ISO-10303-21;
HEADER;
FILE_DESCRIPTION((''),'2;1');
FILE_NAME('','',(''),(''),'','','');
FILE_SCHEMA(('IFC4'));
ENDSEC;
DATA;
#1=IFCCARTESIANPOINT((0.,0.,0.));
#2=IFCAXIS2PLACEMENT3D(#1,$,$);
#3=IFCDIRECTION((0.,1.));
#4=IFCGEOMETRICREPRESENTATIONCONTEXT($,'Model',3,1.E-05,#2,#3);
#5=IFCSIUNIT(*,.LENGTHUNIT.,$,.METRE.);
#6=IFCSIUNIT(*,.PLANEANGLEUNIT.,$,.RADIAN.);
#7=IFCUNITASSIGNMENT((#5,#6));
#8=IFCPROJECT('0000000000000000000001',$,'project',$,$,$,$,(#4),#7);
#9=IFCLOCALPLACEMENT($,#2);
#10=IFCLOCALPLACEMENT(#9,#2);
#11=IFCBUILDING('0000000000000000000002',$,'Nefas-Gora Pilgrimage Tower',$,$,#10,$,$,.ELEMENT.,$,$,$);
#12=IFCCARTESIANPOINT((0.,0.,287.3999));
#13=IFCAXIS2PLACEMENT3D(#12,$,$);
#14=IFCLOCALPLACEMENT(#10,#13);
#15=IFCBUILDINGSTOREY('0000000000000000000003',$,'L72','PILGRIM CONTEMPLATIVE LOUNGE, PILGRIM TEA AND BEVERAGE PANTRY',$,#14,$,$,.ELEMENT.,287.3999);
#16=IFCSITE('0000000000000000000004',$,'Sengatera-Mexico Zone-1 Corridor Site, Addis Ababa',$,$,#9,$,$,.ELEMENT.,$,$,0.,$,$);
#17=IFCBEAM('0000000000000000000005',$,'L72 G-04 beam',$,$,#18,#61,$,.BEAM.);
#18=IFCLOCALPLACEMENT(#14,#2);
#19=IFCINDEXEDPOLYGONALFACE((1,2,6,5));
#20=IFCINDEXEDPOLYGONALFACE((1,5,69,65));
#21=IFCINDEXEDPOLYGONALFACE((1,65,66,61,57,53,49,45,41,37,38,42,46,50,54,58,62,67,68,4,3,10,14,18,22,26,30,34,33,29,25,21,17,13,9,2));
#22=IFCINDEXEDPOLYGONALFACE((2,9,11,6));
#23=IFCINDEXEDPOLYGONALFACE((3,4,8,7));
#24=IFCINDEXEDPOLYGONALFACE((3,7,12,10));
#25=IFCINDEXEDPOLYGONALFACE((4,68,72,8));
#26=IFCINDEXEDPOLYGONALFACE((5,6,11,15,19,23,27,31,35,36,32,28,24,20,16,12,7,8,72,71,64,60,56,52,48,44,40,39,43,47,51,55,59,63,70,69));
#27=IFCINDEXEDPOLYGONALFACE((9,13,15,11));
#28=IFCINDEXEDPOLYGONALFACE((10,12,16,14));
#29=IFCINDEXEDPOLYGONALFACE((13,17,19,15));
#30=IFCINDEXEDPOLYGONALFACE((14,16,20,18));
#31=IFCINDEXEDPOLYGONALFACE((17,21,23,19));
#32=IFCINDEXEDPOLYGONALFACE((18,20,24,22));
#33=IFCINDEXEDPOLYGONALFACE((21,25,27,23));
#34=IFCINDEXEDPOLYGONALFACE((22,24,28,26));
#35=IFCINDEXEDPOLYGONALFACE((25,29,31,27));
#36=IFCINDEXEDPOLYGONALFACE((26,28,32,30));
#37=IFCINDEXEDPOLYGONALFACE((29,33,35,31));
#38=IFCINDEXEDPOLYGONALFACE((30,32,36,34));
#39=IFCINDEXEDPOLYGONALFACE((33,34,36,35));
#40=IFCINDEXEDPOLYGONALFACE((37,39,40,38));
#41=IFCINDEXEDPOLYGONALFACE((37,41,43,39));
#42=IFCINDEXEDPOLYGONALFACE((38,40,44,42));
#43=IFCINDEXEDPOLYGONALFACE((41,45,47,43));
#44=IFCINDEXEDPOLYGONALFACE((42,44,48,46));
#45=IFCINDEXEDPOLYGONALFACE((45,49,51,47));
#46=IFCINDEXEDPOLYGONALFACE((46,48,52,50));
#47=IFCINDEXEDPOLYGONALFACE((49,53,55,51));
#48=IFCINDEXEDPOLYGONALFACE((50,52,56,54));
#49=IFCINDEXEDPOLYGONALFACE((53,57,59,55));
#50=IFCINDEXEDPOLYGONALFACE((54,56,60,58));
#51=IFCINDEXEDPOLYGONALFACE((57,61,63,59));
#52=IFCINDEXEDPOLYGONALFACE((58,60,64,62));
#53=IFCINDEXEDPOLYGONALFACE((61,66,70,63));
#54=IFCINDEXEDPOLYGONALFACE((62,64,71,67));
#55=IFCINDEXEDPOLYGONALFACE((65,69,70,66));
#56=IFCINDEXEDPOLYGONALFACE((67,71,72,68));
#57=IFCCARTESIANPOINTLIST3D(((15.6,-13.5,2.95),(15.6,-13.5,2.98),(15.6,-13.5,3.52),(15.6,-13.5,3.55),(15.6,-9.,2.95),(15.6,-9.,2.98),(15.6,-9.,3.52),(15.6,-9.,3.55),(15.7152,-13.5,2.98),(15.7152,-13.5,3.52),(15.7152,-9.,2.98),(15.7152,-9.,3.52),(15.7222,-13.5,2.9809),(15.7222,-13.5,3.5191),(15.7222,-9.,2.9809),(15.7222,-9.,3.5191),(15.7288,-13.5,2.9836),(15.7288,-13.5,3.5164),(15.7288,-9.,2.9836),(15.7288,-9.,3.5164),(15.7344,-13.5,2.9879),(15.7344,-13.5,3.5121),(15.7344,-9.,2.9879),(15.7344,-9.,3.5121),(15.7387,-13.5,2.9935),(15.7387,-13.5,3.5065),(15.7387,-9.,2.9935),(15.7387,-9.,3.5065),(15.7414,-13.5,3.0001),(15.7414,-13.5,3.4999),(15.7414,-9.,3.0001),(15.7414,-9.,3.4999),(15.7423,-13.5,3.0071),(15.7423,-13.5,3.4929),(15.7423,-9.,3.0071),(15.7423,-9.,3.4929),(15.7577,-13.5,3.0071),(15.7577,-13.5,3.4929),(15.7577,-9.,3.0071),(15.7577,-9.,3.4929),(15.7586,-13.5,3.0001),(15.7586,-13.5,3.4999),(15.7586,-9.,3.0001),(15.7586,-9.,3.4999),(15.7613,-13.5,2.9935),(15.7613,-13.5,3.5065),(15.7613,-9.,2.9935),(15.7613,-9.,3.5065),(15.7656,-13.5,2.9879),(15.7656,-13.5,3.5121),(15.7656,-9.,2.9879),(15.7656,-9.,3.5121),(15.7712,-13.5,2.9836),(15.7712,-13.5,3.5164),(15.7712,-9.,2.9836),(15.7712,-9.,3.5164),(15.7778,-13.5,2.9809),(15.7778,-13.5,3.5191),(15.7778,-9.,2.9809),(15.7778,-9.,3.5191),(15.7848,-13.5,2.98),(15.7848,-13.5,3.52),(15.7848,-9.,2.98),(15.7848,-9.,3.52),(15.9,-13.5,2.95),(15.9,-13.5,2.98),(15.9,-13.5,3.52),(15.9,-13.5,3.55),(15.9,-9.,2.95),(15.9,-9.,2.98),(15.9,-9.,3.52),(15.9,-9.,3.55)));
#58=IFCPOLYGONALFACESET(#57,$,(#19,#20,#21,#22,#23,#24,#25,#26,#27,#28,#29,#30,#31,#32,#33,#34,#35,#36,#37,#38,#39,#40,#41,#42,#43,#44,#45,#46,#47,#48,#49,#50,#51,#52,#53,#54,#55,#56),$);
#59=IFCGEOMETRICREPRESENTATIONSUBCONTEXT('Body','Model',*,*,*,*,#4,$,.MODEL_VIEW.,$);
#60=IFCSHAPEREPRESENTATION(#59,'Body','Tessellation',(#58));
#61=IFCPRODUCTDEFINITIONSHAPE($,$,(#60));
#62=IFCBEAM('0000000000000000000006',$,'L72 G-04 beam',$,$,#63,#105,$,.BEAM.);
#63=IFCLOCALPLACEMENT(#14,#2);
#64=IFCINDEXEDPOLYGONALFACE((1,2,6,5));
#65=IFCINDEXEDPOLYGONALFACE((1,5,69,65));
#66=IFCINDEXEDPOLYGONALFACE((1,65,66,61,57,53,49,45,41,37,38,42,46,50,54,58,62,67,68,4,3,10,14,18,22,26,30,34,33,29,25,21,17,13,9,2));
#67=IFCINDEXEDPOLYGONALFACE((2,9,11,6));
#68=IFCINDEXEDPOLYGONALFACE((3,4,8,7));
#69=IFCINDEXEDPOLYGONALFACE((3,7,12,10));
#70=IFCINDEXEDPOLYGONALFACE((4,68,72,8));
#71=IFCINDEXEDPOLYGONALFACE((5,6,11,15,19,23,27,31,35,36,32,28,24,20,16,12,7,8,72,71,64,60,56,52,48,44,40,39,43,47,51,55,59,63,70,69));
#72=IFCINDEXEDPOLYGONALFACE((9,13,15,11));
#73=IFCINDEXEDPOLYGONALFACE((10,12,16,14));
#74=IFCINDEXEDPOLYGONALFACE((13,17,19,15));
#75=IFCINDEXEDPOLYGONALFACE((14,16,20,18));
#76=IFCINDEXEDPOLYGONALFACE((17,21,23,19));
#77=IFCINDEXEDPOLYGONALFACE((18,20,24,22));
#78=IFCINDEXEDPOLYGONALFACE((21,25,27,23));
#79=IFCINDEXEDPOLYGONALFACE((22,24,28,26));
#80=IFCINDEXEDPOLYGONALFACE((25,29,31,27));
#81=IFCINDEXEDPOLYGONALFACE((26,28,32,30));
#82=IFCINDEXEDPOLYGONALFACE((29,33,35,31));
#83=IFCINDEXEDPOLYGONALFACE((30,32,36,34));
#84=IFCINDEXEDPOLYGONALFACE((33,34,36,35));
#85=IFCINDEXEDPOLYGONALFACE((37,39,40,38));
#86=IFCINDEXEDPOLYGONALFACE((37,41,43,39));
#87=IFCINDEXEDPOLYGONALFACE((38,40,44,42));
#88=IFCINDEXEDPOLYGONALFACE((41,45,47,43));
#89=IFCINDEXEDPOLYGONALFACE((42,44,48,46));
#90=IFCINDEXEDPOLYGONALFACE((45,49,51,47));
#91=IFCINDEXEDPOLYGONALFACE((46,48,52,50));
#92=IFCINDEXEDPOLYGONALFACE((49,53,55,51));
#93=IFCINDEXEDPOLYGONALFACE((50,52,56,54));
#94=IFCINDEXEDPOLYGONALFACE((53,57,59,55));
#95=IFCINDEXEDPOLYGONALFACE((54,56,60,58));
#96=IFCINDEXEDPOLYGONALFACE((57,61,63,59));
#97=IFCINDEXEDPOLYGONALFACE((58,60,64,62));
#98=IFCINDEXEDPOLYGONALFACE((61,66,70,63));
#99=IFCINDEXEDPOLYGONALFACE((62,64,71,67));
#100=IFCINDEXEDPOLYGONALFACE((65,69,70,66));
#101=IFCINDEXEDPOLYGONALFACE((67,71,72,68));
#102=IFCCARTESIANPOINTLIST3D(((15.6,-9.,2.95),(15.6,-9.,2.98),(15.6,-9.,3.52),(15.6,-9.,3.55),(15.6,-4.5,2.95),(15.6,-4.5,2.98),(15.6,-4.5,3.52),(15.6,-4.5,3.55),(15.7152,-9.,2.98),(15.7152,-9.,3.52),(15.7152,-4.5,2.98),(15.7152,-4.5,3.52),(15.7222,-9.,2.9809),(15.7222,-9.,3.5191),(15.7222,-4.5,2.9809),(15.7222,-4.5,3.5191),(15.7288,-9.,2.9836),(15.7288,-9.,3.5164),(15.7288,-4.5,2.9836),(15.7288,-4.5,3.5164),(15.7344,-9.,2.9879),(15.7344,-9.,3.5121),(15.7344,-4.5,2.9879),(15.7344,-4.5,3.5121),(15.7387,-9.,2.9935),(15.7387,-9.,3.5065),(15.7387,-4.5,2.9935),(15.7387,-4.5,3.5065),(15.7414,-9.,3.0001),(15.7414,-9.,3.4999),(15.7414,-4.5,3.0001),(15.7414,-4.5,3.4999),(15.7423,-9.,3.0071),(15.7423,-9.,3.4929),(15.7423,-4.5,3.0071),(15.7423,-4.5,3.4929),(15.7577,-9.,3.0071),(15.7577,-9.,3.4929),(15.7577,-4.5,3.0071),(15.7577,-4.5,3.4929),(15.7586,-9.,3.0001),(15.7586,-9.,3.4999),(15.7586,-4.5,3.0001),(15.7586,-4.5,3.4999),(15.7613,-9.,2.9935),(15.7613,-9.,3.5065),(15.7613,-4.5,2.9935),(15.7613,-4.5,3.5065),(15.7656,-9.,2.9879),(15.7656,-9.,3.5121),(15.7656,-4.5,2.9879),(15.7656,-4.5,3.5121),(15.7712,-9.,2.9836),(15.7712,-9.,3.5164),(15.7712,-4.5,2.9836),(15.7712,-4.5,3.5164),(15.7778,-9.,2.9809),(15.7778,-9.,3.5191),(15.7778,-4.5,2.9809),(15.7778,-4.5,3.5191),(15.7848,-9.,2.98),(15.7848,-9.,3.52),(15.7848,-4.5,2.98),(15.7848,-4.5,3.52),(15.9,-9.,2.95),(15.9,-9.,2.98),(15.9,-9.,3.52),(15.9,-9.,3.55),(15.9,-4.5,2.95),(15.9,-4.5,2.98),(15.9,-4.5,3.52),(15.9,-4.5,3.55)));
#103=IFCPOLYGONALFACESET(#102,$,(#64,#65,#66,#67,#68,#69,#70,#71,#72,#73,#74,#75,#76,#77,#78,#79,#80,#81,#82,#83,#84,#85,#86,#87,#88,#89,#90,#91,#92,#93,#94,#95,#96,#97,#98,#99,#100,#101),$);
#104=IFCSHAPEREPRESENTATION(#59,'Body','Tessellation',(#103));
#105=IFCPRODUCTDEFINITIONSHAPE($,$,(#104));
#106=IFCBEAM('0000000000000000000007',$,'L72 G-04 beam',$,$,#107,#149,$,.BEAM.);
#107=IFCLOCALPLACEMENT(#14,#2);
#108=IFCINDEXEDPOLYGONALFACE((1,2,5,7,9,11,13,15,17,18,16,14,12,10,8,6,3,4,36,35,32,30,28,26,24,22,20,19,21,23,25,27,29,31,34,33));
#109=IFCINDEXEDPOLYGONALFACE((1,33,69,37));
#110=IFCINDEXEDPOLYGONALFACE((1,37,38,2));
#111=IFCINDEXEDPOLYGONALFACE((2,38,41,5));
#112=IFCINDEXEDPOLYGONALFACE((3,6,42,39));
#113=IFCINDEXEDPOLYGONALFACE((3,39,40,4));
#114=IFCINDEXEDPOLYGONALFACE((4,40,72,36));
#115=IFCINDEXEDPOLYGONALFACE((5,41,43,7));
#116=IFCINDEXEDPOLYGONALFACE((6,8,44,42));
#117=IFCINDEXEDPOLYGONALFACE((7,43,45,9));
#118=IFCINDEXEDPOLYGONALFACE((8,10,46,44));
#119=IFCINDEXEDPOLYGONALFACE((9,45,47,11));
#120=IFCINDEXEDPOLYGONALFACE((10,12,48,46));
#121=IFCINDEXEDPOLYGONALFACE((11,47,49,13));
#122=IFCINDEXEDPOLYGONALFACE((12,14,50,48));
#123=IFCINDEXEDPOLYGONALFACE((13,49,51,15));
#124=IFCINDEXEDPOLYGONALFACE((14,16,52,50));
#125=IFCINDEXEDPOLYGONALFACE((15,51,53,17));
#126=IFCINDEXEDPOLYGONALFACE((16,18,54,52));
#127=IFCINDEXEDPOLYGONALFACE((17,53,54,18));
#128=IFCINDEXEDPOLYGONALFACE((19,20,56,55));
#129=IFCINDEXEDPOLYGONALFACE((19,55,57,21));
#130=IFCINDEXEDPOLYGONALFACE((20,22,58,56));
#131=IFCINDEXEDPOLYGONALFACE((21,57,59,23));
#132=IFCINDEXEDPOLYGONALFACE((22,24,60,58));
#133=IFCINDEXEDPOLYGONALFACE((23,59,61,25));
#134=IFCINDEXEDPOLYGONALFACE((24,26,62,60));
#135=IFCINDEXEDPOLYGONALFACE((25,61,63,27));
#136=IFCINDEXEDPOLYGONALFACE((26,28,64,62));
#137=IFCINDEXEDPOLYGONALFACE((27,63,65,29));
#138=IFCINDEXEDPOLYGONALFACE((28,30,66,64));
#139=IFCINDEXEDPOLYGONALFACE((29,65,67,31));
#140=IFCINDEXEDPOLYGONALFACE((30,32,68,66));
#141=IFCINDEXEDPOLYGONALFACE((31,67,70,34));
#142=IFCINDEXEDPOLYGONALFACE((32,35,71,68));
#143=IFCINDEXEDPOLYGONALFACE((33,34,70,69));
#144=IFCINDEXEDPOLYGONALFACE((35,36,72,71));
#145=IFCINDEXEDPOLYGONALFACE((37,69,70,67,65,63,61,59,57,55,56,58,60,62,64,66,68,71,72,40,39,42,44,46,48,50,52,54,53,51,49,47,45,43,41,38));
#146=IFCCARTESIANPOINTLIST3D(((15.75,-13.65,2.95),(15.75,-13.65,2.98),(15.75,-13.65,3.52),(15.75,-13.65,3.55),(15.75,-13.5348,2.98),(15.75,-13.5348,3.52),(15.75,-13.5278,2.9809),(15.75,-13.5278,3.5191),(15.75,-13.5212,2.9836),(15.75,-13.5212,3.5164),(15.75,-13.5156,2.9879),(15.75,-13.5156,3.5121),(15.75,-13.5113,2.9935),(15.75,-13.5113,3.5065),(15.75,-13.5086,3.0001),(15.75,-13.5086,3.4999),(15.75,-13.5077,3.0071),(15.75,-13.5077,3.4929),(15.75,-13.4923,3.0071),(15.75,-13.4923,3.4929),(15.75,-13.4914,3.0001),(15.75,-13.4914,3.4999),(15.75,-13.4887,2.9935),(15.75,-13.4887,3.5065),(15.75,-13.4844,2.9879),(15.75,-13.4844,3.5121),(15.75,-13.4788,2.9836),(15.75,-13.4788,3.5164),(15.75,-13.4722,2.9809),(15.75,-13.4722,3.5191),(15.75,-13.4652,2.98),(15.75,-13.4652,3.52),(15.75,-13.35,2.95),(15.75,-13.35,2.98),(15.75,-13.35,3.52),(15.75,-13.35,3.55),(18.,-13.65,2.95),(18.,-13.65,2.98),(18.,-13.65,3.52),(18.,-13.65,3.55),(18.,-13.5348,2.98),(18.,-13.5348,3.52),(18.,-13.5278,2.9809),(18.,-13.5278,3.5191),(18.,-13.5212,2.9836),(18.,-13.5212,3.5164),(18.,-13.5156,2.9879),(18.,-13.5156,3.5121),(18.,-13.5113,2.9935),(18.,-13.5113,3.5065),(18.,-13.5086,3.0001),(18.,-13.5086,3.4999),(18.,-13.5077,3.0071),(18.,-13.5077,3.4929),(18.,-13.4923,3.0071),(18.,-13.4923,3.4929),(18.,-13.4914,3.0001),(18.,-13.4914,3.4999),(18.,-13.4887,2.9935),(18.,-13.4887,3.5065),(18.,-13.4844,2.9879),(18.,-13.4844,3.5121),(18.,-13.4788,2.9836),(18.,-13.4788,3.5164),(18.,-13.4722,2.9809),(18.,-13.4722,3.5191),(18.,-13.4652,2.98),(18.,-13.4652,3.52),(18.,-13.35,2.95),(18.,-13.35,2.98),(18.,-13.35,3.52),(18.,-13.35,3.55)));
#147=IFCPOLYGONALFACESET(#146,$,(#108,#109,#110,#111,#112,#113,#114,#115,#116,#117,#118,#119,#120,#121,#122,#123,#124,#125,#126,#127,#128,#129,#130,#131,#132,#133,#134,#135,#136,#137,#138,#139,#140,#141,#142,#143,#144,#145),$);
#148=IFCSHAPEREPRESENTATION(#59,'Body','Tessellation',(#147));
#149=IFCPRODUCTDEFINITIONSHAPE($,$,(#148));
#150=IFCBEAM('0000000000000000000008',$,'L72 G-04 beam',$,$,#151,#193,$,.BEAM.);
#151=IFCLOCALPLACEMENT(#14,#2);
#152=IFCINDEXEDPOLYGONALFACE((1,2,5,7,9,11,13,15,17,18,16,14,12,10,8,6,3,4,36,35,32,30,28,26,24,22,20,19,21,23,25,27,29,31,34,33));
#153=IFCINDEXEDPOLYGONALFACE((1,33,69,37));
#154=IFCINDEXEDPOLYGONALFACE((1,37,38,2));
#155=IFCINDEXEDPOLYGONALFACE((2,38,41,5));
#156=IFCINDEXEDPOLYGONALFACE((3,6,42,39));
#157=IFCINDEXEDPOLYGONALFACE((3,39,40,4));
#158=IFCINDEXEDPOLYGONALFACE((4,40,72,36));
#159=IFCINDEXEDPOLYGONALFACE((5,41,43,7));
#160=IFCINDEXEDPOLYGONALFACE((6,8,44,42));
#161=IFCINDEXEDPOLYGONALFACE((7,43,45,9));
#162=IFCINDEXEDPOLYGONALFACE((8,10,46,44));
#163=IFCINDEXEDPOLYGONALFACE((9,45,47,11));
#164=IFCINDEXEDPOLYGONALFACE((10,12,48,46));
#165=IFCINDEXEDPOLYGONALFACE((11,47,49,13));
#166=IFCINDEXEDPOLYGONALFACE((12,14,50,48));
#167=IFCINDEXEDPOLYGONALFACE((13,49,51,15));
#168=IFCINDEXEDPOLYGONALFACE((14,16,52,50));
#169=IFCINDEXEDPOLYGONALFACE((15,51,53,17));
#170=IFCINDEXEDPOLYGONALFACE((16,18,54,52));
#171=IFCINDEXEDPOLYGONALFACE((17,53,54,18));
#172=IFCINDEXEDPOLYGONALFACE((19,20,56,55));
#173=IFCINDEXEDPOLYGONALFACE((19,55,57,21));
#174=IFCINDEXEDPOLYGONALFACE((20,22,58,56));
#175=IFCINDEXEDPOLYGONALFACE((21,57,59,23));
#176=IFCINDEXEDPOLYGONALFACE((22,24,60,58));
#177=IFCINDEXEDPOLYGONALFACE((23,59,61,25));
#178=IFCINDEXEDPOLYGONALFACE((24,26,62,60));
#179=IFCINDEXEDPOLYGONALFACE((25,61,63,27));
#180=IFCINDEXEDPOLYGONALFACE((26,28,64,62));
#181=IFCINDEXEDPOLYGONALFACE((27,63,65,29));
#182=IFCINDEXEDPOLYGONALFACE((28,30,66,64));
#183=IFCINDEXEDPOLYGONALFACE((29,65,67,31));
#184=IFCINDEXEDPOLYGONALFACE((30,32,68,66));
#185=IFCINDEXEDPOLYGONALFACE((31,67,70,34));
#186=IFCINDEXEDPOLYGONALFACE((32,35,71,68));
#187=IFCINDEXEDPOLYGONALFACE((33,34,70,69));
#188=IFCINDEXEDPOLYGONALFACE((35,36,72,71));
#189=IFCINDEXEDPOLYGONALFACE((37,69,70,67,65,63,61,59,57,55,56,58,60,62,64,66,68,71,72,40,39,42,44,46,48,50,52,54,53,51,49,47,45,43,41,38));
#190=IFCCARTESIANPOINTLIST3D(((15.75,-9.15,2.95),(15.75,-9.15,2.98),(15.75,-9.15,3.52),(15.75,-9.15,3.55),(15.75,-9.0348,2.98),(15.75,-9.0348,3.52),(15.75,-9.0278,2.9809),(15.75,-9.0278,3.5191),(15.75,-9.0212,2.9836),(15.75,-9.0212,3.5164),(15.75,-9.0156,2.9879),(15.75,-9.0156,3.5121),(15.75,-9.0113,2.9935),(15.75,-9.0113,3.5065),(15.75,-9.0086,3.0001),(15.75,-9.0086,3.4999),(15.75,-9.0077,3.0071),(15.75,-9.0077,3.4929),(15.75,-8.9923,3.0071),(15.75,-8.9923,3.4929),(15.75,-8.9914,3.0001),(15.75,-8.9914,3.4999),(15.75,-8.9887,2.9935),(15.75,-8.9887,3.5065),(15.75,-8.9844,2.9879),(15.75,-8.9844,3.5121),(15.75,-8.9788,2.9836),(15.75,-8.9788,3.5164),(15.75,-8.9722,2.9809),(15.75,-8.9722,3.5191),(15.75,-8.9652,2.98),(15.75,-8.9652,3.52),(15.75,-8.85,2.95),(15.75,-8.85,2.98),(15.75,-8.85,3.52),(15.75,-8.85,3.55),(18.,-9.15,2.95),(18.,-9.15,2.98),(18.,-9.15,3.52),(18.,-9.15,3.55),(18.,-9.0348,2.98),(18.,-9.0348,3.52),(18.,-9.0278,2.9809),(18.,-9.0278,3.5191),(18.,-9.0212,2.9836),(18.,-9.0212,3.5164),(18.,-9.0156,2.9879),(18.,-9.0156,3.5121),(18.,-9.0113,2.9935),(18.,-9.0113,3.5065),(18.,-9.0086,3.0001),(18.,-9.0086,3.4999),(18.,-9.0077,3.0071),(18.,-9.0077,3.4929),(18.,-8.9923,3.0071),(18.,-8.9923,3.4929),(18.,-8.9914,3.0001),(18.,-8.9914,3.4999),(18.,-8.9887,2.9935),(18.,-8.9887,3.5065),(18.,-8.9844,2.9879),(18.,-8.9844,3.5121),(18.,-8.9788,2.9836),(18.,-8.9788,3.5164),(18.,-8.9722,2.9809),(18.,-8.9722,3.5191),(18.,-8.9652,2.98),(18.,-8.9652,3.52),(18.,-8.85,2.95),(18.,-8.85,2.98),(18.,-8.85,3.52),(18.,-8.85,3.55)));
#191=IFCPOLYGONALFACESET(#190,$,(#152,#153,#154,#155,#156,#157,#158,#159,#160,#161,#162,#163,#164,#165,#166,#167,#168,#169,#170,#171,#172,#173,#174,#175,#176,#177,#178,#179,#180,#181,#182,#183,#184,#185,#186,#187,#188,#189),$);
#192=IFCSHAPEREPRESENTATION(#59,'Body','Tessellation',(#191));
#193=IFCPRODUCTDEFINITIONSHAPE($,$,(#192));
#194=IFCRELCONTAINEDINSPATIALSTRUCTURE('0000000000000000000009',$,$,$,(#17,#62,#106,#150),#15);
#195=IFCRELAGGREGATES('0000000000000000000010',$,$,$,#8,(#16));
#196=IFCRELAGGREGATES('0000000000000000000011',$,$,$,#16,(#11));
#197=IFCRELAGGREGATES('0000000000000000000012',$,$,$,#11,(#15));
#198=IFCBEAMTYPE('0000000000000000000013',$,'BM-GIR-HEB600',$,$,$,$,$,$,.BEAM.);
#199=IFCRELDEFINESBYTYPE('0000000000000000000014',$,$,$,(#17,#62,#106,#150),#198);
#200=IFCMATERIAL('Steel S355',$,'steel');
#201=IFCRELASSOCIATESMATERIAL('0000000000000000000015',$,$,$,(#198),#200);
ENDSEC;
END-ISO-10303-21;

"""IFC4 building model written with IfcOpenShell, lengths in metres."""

from ifc_helpers import new_model, si_unit, direction, frame, origin, origin_2d, place, context, subcontext, project, spatial, i_section, extrude, source, transform, mapped, material, material_profile, profile_set, type_object, element, save


model = new_model("IFC4")

# Units and contexts
model_context = context("Model", 3, precision=1e-05, world=origin(), true_north=direction((0.0, 1.0)))
body_context = subcontext(model_context, "Body", "Model", "MODEL_VIEW")
ifc_project = project(units=[si_unit("LENGTHUNIT", "METRE"), si_unit("PLANEANGLEUNIT", "RADIAN")], contexts=[model_context])

# Site, building, storey
site_placement = place(None, origin())
site = spatial("IfcSite", under=ifc_project, at=site_placement, Name="Sengatera-Mexico Zone-1 Corridor Site, Addis Ababa", CompositionType="ELEMENT", RefElevation=0.0)
building_placement = place(site_placement, origin())
building = spatial("IfcBuilding", under=site, at=building_placement, Name="Nefas-Gora Pilgrimage Tower", CompositionType="ELEMENT")
storey_placement = place(building_placement, frame((0.0, 0.0, 287.3999)))
storey = spatial("IfcBuildingStorey", under=building, at=storey_placement, Name="L72", Description="PILGRIM CONTEMPLATIVE LOUNGE, PILGRIM TEA AND BEVERAGE PANTRY", CompositionType="ELEMENT", Elevation=287.3999)

# Shared definitions
ifc_material_1 = material(Name="Steel S355", Category="steel")

# Beams
ifc_material_profile_1 = material_profile(ifc_material_1, i_section(OverallWidth=0.3, OverallDepth=0.6001, WebThickness=0.0154, FlangeThickness=0.03, FilletRadius=0.0271, at=origin_2d()), Name="HEB 600")
ifc_profile_set_1 = profile_set([ifc_material_profile_1], Name="Steel S355")
beam_type_1 = type_object("IfcBeamType", Name="BM-GIR-HEB600", PredefinedType="BEAM", material=ifc_profile_set_1)
shared_shape_1 = source(origin(), body_context, "Body", "SweptSolid", [
    extrude(i_section(OverallWidth=0.3, OverallDepth=0.6001, WebThickness=0.0154, FlangeThickness=0.03, FilletRadius=0.0271, at=origin_2d()), origin(), (0.0, 0.0, 1.0), 4.5),
])
for number, where, z_axis, x_axis, name in (
    (1, (15.75, -13.5, 3.25), (0.0, 1.0, 0.0), (-1.0, 0.0, 0.0), "L72 G-04 beam"),
    (2, (15.75, -9.0, 3.25), (0.0, 1.0, 0.0), (-1.0, 0.0, 0.0), "L72 G-04 beam"),
):
    element("IfcBeam", number, at=place(storey_placement, frame(where, z_axis=z_axis, x_axis=x_axis)), inside=storey, type_object=beam_type_1, Name=name, PredefinedType="BEAM", context=body_context, shape_type="MappedRepresentation", body=[
        mapped(shared_shape_1, transform((0.0, 0.0, 0.0), x_axis=(1.0, 0.0, 0.0), y_axis=(0.0, 1.0, 0.0), z_axis=(0.0, 0.0, 1.0), scale=1.0)),
    ])
shared_shape_2 = source(origin(), body_context, "Body", "SweptSolid", [
    extrude(i_section(OverallWidth=0.3, OverallDepth=0.6001, WebThickness=0.0154, FlangeThickness=0.03, FilletRadius=0.0271, at=origin_2d()), origin(), (0.0, 0.0, 1.0), 2.25),
])
for number, where, z_axis, x_axis, name in (
    (3, (15.75, -13.5, 3.25), (1.0, 0.0, 0.0), (0.0, 1.0, 0.0), "L72 G-04 beam"),
    (4, (15.75, -9.0, 3.25), (1.0, 0.0, 0.0), (0.0, 1.0, 0.0), "L72 G-04 beam"),
):
    element("IfcBeam", number, at=place(storey_placement, frame(where, z_axis=z_axis, x_axis=x_axis)), inside=storey, type_object=beam_type_1, Name=name, PredefinedType="BEAM", context=body_context, shape_type="MappedRepresentation", body=[
        mapped(shared_shape_2, transform((0.0, 0.0, 0.0), x_axis=(1.0, 0.0, 0.0), y_axis=(0.0, 1.0, 0.0), z_axis=(0.0, 0.0, 1.0), scale=1.0)),
    ])

save(model, "model.ifc")
